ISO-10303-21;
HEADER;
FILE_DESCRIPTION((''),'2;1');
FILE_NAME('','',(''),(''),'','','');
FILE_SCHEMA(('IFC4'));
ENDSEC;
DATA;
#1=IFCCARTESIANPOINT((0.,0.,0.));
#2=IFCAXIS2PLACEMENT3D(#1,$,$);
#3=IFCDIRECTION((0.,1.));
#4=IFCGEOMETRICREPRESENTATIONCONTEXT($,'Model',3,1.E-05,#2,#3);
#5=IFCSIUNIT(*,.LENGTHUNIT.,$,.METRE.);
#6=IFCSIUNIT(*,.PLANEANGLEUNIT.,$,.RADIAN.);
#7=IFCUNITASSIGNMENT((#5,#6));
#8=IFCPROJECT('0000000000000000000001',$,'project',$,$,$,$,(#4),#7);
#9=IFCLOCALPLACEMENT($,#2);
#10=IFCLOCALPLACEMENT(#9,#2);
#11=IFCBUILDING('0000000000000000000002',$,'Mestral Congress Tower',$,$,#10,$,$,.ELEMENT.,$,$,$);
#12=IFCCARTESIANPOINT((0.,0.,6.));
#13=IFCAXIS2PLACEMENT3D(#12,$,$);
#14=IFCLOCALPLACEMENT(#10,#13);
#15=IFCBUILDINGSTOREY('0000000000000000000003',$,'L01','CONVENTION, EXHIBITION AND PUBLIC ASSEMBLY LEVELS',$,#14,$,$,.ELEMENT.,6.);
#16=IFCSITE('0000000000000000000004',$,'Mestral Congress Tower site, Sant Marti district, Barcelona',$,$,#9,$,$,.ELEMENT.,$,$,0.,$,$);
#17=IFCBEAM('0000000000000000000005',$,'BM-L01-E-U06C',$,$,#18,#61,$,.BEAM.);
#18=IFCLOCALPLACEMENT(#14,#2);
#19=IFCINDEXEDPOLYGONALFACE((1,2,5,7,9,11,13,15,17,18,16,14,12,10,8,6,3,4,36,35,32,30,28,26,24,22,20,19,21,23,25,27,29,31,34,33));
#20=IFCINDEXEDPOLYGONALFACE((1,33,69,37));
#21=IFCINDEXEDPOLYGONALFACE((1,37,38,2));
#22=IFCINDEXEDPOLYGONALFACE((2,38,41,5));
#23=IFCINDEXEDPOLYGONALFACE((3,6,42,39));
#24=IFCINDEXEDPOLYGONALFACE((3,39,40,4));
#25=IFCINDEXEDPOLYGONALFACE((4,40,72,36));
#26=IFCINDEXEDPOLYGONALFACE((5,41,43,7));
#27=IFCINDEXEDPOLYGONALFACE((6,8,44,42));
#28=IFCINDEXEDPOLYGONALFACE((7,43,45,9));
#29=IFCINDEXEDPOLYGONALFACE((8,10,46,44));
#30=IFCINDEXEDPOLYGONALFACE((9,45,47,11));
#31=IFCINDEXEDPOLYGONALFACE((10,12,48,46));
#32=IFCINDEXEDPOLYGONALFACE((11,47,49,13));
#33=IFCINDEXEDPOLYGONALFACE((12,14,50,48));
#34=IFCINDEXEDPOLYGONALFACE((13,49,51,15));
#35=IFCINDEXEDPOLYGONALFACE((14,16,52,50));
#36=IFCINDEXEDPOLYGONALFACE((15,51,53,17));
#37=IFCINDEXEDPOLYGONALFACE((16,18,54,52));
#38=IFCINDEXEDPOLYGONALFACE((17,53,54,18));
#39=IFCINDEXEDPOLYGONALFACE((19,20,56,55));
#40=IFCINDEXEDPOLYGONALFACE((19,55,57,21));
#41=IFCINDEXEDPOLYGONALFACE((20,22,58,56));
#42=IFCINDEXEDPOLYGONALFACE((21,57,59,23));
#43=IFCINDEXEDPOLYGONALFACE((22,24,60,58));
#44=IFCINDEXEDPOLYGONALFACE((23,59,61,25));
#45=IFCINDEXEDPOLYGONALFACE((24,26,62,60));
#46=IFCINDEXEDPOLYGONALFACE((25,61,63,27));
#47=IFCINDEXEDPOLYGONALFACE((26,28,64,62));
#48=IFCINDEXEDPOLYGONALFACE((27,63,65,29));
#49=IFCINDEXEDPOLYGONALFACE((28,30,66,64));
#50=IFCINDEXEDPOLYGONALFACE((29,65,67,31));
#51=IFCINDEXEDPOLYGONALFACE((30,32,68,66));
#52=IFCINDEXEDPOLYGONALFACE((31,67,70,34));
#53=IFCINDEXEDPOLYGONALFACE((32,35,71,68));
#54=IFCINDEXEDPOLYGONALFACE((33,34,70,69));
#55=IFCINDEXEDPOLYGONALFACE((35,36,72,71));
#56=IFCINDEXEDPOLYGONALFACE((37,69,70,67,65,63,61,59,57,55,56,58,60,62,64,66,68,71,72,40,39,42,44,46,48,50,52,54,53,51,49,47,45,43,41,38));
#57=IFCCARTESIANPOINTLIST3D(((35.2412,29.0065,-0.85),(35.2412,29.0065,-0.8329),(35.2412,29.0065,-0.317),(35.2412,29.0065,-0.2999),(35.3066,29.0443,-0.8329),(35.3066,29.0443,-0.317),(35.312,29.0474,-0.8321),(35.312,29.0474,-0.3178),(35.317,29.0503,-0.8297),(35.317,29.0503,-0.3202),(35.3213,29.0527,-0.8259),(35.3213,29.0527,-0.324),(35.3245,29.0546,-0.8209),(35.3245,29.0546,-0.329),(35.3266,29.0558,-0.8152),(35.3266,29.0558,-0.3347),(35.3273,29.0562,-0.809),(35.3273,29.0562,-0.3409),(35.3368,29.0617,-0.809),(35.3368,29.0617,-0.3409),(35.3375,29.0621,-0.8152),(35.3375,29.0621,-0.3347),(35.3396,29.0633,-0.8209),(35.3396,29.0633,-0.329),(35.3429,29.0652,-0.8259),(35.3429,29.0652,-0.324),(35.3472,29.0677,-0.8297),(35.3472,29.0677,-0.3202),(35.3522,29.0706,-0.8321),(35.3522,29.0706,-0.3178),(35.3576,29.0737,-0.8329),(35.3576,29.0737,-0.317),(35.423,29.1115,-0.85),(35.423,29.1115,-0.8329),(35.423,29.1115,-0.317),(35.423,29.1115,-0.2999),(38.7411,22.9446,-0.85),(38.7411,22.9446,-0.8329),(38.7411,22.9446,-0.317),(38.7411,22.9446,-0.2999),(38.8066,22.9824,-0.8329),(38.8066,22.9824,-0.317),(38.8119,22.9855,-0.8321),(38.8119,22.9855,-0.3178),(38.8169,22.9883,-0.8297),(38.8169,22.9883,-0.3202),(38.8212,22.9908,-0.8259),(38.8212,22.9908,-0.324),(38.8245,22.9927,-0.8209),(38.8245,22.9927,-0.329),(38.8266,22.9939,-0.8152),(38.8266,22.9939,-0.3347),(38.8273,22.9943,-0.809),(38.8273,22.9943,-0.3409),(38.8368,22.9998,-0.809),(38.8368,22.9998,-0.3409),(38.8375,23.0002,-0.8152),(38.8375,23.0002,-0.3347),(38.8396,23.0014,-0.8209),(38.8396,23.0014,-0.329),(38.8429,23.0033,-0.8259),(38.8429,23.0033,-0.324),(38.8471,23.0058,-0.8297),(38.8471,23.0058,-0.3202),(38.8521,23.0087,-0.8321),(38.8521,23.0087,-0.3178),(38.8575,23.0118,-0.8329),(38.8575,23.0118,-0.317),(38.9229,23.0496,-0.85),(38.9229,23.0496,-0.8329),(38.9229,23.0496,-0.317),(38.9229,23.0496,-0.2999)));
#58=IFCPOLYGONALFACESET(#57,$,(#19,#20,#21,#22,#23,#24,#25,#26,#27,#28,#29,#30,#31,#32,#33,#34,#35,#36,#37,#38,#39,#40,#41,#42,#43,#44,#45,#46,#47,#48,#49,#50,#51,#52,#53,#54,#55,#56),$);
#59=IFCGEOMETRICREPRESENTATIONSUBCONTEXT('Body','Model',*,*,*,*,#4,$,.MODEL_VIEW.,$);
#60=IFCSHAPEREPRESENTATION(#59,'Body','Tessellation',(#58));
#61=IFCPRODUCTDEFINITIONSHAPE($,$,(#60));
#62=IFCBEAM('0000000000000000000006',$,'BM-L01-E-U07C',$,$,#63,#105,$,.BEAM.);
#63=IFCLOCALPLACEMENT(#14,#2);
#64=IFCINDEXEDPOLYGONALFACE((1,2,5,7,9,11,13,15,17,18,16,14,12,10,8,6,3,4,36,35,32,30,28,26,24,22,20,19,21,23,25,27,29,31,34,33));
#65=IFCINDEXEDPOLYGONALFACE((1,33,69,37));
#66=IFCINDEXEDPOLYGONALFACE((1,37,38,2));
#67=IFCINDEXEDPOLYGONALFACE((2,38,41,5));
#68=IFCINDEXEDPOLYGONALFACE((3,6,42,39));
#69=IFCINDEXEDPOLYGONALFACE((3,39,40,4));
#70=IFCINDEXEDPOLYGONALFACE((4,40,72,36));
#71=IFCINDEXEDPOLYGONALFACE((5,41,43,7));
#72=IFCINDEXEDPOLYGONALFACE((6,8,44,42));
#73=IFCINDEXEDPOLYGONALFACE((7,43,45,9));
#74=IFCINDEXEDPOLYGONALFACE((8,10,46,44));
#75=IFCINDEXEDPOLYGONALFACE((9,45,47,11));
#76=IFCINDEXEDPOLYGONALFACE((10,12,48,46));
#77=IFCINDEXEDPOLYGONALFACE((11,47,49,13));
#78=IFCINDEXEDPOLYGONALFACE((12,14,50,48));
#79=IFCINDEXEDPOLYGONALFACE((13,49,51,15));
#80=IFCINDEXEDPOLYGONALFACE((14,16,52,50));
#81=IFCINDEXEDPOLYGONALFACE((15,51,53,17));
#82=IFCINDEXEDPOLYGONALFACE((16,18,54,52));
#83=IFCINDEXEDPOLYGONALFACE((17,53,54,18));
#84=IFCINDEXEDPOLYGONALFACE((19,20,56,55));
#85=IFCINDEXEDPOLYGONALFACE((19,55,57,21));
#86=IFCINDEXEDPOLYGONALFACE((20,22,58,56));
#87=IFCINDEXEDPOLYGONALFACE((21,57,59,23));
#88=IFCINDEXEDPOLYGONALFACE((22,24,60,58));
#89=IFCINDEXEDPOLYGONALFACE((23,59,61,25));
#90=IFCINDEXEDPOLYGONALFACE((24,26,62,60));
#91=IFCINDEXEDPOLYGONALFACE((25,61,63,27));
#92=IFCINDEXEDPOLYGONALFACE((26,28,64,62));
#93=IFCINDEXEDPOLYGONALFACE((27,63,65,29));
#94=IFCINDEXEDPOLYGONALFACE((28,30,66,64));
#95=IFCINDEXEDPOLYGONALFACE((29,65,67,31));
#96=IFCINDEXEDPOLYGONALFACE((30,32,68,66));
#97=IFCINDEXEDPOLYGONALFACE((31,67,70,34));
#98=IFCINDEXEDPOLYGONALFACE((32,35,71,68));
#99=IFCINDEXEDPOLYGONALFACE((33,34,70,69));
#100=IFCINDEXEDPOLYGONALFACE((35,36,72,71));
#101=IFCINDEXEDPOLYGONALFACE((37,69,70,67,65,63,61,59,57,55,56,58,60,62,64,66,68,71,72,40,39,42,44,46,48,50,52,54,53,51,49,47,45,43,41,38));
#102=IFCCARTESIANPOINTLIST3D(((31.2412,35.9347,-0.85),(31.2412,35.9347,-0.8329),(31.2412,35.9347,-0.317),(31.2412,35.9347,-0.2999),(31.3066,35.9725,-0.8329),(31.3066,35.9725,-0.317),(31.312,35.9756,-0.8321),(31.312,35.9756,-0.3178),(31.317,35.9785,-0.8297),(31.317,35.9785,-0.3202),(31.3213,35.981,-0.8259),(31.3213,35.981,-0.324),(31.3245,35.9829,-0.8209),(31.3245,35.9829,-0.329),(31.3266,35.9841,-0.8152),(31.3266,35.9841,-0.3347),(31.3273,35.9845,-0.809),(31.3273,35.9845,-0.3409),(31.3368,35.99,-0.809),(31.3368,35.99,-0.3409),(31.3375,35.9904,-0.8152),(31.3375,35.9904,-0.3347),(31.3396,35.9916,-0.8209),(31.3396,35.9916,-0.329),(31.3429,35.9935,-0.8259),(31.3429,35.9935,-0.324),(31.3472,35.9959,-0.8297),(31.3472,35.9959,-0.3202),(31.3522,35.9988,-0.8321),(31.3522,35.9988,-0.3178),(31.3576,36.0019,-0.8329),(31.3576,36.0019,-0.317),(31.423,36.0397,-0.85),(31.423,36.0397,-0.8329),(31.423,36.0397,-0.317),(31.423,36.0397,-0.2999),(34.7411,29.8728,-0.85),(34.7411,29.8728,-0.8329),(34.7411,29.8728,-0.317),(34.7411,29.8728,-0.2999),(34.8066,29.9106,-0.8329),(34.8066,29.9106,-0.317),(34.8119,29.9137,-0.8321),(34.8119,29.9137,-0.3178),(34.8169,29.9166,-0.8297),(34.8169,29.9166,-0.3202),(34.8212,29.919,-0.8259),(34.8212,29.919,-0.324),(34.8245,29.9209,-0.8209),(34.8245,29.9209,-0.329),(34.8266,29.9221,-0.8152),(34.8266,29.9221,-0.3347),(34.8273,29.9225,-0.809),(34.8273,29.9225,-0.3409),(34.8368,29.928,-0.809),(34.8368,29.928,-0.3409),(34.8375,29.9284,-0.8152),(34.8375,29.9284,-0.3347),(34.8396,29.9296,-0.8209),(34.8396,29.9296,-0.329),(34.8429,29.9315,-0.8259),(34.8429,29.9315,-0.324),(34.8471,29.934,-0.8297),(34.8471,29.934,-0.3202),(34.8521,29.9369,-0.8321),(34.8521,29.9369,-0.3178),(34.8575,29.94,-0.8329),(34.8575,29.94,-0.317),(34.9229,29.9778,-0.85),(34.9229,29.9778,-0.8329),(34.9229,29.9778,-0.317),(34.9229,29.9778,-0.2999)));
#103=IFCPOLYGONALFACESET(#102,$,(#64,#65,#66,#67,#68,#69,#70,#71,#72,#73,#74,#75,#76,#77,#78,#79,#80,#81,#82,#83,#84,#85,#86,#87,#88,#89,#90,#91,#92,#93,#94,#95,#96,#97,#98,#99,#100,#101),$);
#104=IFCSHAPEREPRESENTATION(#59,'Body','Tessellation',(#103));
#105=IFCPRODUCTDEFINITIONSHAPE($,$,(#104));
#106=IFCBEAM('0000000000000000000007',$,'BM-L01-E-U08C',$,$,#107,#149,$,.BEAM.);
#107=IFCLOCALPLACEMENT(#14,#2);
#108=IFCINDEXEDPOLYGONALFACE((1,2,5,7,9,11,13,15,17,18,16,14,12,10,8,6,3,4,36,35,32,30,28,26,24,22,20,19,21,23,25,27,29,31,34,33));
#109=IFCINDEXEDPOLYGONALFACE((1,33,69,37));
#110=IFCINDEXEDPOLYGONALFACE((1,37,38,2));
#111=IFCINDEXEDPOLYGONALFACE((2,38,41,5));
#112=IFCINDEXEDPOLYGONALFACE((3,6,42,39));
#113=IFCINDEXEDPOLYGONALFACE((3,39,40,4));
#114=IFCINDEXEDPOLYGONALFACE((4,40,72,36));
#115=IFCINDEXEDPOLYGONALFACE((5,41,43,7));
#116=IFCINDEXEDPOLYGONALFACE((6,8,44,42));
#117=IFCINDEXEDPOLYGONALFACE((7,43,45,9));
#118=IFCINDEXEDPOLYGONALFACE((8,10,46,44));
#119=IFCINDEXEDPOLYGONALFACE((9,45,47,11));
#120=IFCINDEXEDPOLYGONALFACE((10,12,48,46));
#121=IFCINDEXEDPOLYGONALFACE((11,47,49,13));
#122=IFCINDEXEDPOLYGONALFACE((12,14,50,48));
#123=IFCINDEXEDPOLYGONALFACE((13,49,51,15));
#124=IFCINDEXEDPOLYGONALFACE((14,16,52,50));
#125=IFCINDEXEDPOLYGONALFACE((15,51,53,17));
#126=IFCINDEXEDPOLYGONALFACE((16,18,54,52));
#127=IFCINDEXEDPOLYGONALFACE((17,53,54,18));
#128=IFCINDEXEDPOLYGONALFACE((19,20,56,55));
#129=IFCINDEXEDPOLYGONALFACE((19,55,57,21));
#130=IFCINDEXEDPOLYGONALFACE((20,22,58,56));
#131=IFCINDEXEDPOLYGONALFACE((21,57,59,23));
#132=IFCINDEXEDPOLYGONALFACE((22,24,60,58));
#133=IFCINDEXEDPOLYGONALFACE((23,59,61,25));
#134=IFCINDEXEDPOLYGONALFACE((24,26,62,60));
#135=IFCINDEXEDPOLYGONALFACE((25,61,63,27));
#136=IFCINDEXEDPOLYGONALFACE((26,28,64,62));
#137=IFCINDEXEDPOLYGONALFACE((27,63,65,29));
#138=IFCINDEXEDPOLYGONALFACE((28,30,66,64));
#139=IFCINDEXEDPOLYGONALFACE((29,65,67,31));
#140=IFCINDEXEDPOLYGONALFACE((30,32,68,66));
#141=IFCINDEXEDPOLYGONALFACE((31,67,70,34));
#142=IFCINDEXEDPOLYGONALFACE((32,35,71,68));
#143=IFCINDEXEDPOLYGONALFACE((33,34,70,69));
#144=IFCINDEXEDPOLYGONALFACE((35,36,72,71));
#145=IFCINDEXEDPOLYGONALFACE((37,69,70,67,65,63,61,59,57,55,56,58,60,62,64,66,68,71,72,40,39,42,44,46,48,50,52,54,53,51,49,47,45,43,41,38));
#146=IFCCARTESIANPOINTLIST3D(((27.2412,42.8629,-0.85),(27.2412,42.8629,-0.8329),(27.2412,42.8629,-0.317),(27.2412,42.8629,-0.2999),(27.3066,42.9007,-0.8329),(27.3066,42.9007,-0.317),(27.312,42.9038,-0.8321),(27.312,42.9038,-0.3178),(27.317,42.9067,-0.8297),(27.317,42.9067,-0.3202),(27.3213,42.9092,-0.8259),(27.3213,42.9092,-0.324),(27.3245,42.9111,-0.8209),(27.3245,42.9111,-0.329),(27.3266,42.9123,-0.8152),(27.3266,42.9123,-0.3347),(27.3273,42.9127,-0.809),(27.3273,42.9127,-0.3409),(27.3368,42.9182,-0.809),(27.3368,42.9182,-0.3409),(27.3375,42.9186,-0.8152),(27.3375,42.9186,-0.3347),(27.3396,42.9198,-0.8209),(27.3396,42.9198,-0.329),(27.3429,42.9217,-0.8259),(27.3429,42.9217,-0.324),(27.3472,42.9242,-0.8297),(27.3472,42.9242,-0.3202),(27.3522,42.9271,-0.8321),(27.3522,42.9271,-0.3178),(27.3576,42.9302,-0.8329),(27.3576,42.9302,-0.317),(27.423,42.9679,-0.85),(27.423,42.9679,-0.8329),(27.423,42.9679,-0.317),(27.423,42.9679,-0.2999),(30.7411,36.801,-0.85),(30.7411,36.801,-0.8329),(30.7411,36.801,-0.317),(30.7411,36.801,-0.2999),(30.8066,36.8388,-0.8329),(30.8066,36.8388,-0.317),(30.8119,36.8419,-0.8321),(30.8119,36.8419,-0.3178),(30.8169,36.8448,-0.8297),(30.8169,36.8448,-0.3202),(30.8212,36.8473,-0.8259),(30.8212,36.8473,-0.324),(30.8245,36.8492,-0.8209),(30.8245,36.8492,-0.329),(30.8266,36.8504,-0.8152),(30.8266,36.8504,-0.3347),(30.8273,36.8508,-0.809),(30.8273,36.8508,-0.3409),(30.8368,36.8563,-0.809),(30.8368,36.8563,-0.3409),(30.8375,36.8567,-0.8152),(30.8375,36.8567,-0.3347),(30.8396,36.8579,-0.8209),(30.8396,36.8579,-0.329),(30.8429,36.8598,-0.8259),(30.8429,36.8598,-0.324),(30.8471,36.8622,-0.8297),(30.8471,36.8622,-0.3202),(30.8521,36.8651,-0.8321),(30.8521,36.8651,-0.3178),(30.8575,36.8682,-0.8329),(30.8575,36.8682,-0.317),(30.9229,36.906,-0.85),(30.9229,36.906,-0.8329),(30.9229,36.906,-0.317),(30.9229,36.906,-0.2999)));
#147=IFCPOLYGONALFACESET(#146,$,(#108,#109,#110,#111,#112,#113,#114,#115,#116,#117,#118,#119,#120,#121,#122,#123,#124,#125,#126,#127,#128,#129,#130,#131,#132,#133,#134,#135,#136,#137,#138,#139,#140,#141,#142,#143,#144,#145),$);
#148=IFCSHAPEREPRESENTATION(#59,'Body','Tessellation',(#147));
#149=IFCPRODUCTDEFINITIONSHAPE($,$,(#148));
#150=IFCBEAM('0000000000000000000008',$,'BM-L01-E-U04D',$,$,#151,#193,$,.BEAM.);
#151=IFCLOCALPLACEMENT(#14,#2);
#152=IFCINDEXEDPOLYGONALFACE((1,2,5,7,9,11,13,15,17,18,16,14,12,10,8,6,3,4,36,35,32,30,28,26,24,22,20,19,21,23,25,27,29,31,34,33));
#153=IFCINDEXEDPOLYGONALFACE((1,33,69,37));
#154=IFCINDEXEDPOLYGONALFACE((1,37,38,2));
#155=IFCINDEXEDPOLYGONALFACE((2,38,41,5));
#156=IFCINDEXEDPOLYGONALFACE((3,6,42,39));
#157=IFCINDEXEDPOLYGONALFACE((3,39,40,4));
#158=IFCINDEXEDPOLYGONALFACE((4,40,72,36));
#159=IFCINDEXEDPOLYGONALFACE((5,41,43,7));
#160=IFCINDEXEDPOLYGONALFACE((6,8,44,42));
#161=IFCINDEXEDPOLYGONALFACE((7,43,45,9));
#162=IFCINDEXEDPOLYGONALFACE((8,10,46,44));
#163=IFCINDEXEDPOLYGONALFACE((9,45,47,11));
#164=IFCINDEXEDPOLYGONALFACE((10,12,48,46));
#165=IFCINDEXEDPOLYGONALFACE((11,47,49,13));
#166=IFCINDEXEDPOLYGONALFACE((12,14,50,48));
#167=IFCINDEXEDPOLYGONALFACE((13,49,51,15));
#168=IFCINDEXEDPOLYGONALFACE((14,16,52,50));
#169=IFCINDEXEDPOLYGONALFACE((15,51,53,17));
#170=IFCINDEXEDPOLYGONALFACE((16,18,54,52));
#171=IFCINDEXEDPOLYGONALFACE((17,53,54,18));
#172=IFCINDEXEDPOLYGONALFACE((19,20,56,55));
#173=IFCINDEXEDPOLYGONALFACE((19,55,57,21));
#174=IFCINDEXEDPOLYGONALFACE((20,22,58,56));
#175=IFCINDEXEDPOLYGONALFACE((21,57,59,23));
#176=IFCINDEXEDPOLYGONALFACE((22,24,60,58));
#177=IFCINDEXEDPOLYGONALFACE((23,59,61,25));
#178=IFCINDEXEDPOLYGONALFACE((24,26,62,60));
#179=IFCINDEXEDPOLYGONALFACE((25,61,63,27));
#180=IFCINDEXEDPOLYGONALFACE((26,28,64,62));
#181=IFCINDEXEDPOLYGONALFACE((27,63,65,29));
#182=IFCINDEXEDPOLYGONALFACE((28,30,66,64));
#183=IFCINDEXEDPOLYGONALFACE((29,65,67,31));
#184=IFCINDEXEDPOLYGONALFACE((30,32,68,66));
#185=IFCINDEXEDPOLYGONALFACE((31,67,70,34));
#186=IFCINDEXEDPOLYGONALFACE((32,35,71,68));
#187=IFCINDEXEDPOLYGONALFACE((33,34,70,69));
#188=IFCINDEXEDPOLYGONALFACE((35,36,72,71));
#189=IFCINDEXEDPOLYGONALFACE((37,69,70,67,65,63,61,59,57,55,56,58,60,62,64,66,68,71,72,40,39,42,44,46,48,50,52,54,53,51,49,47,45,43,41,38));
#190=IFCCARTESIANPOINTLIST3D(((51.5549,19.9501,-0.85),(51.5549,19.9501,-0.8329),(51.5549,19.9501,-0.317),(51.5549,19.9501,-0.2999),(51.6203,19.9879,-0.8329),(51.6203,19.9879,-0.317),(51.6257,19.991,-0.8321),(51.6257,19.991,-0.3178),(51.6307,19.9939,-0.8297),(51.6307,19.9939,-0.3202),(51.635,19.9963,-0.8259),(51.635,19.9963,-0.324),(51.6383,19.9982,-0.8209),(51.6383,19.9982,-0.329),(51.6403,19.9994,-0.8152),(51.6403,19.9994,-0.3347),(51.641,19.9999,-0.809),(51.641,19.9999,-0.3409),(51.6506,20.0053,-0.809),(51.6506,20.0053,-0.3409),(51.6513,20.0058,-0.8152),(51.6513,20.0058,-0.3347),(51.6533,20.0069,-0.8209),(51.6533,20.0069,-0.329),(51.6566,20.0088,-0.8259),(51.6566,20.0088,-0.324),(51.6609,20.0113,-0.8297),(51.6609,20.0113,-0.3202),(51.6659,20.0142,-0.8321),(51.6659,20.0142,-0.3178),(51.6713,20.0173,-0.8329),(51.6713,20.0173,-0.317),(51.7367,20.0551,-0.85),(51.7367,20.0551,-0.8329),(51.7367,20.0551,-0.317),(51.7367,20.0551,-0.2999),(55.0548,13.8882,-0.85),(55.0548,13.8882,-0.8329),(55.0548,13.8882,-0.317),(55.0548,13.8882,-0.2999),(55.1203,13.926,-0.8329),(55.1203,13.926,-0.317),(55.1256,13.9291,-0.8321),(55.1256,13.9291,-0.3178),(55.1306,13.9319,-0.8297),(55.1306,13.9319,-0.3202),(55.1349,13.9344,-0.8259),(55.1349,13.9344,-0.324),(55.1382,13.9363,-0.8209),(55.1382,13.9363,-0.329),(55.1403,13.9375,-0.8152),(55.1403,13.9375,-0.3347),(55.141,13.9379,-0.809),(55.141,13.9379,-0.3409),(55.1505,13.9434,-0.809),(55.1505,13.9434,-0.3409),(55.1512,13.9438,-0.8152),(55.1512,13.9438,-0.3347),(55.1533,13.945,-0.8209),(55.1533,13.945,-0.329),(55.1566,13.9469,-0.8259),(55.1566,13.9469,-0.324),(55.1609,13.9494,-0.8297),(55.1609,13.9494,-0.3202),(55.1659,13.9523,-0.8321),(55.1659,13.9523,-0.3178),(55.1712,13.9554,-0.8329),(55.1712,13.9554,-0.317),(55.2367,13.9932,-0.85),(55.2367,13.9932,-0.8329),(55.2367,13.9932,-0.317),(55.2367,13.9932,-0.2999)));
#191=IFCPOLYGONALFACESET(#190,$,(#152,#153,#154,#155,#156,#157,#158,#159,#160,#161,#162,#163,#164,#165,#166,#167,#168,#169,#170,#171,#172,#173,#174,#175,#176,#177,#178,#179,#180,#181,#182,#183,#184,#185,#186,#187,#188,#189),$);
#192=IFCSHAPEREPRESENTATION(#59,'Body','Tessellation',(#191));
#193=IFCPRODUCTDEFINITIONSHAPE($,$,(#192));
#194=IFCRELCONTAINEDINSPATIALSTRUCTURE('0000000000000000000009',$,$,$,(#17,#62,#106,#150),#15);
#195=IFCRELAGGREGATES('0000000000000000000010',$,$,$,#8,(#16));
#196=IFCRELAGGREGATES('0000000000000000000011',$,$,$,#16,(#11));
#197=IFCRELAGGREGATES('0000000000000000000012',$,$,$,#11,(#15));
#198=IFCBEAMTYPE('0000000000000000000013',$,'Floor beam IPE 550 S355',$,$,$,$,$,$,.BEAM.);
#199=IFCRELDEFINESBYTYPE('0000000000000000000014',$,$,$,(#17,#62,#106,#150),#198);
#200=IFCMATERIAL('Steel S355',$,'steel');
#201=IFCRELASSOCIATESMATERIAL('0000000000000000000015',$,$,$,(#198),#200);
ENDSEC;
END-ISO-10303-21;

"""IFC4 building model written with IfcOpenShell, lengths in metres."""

from ifc_helpers import new_model, si_unit, direction, frame, origin, origin_2d, place, context, subcontext, project, spatial, i_section, extrude, material, material_profile, profile_set, type_object, element, save


model = new_model("IFC4")

# Units and contexts
model_context = context("Model", 3, precision=1e-05, world=origin(), true_north=direction((0.0, 1.0)))
body_context = subcontext(model_context, "Body", "Model", "MODEL_VIEW")
ifc_project = project(units=[si_unit("LENGTHUNIT", "METRE"), si_unit("PLANEANGLEUNIT", "RADIAN")], contexts=[model_context])

# Site, building, storey
site_placement = place(None, origin())
site = spatial("IfcSite", under=ifc_project, at=site_placement, Name="Mestral Congress Tower site, Sant Marti district, Barcelona", CompositionType="ELEMENT", RefElevation=0.0)
building_placement = place(site_placement, origin())
building = spatial("IfcBuilding", under=site, at=building_placement, Name="Mestral Congress Tower", CompositionType="ELEMENT")
storey_placement = place(building_placement, frame((0.0, 0.0, 6.0)))
storey = spatial("IfcBuildingStorey", under=building, at=storey_placement, Name="L01", Description="CONVENTION, EXHIBITION AND PUBLIC ASSEMBLY LEVELS", CompositionType="ELEMENT", Elevation=6.0)

# Beams
ifc_material = material(Name="Steel S355", Category="steel")
ifc_material_profile_1 = material_profile(ifc_material, i_section(OverallWidth=0.21, OverallDepth=0.55, WebThickness=0.011, FlangeThickness=0.0171, FilletRadius=0.0239, at=origin_2d()), Name="IPE 550")
ifc_profile_set_1 = profile_set([ifc_material_profile_1], Name="Steel S355")
beam_type_1 = type_object("IfcBeamType", Name="Floor beam IPE 550 S355", PredefinedType="BEAM", material=ifc_profile_set_1)
for number, where, z_axis, x_axis, name in (
    (1, (38.832, 22.9971, -0.575), (-0.50001, 0.866019, 0.0), (-0.866019, -0.50001, 0.0), "BM-L01-E-U06C"),
    (2, (34.832, 29.9253, -0.575), (-0.50001, 0.866019, 0.0), (-0.866019, -0.50001, 0.0), "BM-L01-E-U07C"),
    (3, (30.832, 36.8535, -0.575), (-0.50001, 0.866019, 0.0), (-0.866019, -0.50001, 0.0), "BM-L01-E-U08C"),
    (4, (55.1458, 13.9407, -0.575), (-0.50001, 0.866019, 0.0), (-0.866019, -0.50001, 0.0), "BM-L01-E-U04D"),
):
    element("IfcBeam", number, at=place(storey_placement, frame(where, z_axis=z_axis, x_axis=x_axis)), inside=storey, type_object=beam_type_1, Name=name, PredefinedType="BEAM", context=body_context, shape_type="SweptSolid", body=[
        extrude(i_section(OverallWidth=0.21, OverallDepth=0.55, WebThickness=0.011, FlangeThickness=0.0171, FilletRadius=0.0239, at=origin_2d()), origin(), (0.0, 0.0, 1.0), 6.9998),
    ])

save(model, "model.ifc")
